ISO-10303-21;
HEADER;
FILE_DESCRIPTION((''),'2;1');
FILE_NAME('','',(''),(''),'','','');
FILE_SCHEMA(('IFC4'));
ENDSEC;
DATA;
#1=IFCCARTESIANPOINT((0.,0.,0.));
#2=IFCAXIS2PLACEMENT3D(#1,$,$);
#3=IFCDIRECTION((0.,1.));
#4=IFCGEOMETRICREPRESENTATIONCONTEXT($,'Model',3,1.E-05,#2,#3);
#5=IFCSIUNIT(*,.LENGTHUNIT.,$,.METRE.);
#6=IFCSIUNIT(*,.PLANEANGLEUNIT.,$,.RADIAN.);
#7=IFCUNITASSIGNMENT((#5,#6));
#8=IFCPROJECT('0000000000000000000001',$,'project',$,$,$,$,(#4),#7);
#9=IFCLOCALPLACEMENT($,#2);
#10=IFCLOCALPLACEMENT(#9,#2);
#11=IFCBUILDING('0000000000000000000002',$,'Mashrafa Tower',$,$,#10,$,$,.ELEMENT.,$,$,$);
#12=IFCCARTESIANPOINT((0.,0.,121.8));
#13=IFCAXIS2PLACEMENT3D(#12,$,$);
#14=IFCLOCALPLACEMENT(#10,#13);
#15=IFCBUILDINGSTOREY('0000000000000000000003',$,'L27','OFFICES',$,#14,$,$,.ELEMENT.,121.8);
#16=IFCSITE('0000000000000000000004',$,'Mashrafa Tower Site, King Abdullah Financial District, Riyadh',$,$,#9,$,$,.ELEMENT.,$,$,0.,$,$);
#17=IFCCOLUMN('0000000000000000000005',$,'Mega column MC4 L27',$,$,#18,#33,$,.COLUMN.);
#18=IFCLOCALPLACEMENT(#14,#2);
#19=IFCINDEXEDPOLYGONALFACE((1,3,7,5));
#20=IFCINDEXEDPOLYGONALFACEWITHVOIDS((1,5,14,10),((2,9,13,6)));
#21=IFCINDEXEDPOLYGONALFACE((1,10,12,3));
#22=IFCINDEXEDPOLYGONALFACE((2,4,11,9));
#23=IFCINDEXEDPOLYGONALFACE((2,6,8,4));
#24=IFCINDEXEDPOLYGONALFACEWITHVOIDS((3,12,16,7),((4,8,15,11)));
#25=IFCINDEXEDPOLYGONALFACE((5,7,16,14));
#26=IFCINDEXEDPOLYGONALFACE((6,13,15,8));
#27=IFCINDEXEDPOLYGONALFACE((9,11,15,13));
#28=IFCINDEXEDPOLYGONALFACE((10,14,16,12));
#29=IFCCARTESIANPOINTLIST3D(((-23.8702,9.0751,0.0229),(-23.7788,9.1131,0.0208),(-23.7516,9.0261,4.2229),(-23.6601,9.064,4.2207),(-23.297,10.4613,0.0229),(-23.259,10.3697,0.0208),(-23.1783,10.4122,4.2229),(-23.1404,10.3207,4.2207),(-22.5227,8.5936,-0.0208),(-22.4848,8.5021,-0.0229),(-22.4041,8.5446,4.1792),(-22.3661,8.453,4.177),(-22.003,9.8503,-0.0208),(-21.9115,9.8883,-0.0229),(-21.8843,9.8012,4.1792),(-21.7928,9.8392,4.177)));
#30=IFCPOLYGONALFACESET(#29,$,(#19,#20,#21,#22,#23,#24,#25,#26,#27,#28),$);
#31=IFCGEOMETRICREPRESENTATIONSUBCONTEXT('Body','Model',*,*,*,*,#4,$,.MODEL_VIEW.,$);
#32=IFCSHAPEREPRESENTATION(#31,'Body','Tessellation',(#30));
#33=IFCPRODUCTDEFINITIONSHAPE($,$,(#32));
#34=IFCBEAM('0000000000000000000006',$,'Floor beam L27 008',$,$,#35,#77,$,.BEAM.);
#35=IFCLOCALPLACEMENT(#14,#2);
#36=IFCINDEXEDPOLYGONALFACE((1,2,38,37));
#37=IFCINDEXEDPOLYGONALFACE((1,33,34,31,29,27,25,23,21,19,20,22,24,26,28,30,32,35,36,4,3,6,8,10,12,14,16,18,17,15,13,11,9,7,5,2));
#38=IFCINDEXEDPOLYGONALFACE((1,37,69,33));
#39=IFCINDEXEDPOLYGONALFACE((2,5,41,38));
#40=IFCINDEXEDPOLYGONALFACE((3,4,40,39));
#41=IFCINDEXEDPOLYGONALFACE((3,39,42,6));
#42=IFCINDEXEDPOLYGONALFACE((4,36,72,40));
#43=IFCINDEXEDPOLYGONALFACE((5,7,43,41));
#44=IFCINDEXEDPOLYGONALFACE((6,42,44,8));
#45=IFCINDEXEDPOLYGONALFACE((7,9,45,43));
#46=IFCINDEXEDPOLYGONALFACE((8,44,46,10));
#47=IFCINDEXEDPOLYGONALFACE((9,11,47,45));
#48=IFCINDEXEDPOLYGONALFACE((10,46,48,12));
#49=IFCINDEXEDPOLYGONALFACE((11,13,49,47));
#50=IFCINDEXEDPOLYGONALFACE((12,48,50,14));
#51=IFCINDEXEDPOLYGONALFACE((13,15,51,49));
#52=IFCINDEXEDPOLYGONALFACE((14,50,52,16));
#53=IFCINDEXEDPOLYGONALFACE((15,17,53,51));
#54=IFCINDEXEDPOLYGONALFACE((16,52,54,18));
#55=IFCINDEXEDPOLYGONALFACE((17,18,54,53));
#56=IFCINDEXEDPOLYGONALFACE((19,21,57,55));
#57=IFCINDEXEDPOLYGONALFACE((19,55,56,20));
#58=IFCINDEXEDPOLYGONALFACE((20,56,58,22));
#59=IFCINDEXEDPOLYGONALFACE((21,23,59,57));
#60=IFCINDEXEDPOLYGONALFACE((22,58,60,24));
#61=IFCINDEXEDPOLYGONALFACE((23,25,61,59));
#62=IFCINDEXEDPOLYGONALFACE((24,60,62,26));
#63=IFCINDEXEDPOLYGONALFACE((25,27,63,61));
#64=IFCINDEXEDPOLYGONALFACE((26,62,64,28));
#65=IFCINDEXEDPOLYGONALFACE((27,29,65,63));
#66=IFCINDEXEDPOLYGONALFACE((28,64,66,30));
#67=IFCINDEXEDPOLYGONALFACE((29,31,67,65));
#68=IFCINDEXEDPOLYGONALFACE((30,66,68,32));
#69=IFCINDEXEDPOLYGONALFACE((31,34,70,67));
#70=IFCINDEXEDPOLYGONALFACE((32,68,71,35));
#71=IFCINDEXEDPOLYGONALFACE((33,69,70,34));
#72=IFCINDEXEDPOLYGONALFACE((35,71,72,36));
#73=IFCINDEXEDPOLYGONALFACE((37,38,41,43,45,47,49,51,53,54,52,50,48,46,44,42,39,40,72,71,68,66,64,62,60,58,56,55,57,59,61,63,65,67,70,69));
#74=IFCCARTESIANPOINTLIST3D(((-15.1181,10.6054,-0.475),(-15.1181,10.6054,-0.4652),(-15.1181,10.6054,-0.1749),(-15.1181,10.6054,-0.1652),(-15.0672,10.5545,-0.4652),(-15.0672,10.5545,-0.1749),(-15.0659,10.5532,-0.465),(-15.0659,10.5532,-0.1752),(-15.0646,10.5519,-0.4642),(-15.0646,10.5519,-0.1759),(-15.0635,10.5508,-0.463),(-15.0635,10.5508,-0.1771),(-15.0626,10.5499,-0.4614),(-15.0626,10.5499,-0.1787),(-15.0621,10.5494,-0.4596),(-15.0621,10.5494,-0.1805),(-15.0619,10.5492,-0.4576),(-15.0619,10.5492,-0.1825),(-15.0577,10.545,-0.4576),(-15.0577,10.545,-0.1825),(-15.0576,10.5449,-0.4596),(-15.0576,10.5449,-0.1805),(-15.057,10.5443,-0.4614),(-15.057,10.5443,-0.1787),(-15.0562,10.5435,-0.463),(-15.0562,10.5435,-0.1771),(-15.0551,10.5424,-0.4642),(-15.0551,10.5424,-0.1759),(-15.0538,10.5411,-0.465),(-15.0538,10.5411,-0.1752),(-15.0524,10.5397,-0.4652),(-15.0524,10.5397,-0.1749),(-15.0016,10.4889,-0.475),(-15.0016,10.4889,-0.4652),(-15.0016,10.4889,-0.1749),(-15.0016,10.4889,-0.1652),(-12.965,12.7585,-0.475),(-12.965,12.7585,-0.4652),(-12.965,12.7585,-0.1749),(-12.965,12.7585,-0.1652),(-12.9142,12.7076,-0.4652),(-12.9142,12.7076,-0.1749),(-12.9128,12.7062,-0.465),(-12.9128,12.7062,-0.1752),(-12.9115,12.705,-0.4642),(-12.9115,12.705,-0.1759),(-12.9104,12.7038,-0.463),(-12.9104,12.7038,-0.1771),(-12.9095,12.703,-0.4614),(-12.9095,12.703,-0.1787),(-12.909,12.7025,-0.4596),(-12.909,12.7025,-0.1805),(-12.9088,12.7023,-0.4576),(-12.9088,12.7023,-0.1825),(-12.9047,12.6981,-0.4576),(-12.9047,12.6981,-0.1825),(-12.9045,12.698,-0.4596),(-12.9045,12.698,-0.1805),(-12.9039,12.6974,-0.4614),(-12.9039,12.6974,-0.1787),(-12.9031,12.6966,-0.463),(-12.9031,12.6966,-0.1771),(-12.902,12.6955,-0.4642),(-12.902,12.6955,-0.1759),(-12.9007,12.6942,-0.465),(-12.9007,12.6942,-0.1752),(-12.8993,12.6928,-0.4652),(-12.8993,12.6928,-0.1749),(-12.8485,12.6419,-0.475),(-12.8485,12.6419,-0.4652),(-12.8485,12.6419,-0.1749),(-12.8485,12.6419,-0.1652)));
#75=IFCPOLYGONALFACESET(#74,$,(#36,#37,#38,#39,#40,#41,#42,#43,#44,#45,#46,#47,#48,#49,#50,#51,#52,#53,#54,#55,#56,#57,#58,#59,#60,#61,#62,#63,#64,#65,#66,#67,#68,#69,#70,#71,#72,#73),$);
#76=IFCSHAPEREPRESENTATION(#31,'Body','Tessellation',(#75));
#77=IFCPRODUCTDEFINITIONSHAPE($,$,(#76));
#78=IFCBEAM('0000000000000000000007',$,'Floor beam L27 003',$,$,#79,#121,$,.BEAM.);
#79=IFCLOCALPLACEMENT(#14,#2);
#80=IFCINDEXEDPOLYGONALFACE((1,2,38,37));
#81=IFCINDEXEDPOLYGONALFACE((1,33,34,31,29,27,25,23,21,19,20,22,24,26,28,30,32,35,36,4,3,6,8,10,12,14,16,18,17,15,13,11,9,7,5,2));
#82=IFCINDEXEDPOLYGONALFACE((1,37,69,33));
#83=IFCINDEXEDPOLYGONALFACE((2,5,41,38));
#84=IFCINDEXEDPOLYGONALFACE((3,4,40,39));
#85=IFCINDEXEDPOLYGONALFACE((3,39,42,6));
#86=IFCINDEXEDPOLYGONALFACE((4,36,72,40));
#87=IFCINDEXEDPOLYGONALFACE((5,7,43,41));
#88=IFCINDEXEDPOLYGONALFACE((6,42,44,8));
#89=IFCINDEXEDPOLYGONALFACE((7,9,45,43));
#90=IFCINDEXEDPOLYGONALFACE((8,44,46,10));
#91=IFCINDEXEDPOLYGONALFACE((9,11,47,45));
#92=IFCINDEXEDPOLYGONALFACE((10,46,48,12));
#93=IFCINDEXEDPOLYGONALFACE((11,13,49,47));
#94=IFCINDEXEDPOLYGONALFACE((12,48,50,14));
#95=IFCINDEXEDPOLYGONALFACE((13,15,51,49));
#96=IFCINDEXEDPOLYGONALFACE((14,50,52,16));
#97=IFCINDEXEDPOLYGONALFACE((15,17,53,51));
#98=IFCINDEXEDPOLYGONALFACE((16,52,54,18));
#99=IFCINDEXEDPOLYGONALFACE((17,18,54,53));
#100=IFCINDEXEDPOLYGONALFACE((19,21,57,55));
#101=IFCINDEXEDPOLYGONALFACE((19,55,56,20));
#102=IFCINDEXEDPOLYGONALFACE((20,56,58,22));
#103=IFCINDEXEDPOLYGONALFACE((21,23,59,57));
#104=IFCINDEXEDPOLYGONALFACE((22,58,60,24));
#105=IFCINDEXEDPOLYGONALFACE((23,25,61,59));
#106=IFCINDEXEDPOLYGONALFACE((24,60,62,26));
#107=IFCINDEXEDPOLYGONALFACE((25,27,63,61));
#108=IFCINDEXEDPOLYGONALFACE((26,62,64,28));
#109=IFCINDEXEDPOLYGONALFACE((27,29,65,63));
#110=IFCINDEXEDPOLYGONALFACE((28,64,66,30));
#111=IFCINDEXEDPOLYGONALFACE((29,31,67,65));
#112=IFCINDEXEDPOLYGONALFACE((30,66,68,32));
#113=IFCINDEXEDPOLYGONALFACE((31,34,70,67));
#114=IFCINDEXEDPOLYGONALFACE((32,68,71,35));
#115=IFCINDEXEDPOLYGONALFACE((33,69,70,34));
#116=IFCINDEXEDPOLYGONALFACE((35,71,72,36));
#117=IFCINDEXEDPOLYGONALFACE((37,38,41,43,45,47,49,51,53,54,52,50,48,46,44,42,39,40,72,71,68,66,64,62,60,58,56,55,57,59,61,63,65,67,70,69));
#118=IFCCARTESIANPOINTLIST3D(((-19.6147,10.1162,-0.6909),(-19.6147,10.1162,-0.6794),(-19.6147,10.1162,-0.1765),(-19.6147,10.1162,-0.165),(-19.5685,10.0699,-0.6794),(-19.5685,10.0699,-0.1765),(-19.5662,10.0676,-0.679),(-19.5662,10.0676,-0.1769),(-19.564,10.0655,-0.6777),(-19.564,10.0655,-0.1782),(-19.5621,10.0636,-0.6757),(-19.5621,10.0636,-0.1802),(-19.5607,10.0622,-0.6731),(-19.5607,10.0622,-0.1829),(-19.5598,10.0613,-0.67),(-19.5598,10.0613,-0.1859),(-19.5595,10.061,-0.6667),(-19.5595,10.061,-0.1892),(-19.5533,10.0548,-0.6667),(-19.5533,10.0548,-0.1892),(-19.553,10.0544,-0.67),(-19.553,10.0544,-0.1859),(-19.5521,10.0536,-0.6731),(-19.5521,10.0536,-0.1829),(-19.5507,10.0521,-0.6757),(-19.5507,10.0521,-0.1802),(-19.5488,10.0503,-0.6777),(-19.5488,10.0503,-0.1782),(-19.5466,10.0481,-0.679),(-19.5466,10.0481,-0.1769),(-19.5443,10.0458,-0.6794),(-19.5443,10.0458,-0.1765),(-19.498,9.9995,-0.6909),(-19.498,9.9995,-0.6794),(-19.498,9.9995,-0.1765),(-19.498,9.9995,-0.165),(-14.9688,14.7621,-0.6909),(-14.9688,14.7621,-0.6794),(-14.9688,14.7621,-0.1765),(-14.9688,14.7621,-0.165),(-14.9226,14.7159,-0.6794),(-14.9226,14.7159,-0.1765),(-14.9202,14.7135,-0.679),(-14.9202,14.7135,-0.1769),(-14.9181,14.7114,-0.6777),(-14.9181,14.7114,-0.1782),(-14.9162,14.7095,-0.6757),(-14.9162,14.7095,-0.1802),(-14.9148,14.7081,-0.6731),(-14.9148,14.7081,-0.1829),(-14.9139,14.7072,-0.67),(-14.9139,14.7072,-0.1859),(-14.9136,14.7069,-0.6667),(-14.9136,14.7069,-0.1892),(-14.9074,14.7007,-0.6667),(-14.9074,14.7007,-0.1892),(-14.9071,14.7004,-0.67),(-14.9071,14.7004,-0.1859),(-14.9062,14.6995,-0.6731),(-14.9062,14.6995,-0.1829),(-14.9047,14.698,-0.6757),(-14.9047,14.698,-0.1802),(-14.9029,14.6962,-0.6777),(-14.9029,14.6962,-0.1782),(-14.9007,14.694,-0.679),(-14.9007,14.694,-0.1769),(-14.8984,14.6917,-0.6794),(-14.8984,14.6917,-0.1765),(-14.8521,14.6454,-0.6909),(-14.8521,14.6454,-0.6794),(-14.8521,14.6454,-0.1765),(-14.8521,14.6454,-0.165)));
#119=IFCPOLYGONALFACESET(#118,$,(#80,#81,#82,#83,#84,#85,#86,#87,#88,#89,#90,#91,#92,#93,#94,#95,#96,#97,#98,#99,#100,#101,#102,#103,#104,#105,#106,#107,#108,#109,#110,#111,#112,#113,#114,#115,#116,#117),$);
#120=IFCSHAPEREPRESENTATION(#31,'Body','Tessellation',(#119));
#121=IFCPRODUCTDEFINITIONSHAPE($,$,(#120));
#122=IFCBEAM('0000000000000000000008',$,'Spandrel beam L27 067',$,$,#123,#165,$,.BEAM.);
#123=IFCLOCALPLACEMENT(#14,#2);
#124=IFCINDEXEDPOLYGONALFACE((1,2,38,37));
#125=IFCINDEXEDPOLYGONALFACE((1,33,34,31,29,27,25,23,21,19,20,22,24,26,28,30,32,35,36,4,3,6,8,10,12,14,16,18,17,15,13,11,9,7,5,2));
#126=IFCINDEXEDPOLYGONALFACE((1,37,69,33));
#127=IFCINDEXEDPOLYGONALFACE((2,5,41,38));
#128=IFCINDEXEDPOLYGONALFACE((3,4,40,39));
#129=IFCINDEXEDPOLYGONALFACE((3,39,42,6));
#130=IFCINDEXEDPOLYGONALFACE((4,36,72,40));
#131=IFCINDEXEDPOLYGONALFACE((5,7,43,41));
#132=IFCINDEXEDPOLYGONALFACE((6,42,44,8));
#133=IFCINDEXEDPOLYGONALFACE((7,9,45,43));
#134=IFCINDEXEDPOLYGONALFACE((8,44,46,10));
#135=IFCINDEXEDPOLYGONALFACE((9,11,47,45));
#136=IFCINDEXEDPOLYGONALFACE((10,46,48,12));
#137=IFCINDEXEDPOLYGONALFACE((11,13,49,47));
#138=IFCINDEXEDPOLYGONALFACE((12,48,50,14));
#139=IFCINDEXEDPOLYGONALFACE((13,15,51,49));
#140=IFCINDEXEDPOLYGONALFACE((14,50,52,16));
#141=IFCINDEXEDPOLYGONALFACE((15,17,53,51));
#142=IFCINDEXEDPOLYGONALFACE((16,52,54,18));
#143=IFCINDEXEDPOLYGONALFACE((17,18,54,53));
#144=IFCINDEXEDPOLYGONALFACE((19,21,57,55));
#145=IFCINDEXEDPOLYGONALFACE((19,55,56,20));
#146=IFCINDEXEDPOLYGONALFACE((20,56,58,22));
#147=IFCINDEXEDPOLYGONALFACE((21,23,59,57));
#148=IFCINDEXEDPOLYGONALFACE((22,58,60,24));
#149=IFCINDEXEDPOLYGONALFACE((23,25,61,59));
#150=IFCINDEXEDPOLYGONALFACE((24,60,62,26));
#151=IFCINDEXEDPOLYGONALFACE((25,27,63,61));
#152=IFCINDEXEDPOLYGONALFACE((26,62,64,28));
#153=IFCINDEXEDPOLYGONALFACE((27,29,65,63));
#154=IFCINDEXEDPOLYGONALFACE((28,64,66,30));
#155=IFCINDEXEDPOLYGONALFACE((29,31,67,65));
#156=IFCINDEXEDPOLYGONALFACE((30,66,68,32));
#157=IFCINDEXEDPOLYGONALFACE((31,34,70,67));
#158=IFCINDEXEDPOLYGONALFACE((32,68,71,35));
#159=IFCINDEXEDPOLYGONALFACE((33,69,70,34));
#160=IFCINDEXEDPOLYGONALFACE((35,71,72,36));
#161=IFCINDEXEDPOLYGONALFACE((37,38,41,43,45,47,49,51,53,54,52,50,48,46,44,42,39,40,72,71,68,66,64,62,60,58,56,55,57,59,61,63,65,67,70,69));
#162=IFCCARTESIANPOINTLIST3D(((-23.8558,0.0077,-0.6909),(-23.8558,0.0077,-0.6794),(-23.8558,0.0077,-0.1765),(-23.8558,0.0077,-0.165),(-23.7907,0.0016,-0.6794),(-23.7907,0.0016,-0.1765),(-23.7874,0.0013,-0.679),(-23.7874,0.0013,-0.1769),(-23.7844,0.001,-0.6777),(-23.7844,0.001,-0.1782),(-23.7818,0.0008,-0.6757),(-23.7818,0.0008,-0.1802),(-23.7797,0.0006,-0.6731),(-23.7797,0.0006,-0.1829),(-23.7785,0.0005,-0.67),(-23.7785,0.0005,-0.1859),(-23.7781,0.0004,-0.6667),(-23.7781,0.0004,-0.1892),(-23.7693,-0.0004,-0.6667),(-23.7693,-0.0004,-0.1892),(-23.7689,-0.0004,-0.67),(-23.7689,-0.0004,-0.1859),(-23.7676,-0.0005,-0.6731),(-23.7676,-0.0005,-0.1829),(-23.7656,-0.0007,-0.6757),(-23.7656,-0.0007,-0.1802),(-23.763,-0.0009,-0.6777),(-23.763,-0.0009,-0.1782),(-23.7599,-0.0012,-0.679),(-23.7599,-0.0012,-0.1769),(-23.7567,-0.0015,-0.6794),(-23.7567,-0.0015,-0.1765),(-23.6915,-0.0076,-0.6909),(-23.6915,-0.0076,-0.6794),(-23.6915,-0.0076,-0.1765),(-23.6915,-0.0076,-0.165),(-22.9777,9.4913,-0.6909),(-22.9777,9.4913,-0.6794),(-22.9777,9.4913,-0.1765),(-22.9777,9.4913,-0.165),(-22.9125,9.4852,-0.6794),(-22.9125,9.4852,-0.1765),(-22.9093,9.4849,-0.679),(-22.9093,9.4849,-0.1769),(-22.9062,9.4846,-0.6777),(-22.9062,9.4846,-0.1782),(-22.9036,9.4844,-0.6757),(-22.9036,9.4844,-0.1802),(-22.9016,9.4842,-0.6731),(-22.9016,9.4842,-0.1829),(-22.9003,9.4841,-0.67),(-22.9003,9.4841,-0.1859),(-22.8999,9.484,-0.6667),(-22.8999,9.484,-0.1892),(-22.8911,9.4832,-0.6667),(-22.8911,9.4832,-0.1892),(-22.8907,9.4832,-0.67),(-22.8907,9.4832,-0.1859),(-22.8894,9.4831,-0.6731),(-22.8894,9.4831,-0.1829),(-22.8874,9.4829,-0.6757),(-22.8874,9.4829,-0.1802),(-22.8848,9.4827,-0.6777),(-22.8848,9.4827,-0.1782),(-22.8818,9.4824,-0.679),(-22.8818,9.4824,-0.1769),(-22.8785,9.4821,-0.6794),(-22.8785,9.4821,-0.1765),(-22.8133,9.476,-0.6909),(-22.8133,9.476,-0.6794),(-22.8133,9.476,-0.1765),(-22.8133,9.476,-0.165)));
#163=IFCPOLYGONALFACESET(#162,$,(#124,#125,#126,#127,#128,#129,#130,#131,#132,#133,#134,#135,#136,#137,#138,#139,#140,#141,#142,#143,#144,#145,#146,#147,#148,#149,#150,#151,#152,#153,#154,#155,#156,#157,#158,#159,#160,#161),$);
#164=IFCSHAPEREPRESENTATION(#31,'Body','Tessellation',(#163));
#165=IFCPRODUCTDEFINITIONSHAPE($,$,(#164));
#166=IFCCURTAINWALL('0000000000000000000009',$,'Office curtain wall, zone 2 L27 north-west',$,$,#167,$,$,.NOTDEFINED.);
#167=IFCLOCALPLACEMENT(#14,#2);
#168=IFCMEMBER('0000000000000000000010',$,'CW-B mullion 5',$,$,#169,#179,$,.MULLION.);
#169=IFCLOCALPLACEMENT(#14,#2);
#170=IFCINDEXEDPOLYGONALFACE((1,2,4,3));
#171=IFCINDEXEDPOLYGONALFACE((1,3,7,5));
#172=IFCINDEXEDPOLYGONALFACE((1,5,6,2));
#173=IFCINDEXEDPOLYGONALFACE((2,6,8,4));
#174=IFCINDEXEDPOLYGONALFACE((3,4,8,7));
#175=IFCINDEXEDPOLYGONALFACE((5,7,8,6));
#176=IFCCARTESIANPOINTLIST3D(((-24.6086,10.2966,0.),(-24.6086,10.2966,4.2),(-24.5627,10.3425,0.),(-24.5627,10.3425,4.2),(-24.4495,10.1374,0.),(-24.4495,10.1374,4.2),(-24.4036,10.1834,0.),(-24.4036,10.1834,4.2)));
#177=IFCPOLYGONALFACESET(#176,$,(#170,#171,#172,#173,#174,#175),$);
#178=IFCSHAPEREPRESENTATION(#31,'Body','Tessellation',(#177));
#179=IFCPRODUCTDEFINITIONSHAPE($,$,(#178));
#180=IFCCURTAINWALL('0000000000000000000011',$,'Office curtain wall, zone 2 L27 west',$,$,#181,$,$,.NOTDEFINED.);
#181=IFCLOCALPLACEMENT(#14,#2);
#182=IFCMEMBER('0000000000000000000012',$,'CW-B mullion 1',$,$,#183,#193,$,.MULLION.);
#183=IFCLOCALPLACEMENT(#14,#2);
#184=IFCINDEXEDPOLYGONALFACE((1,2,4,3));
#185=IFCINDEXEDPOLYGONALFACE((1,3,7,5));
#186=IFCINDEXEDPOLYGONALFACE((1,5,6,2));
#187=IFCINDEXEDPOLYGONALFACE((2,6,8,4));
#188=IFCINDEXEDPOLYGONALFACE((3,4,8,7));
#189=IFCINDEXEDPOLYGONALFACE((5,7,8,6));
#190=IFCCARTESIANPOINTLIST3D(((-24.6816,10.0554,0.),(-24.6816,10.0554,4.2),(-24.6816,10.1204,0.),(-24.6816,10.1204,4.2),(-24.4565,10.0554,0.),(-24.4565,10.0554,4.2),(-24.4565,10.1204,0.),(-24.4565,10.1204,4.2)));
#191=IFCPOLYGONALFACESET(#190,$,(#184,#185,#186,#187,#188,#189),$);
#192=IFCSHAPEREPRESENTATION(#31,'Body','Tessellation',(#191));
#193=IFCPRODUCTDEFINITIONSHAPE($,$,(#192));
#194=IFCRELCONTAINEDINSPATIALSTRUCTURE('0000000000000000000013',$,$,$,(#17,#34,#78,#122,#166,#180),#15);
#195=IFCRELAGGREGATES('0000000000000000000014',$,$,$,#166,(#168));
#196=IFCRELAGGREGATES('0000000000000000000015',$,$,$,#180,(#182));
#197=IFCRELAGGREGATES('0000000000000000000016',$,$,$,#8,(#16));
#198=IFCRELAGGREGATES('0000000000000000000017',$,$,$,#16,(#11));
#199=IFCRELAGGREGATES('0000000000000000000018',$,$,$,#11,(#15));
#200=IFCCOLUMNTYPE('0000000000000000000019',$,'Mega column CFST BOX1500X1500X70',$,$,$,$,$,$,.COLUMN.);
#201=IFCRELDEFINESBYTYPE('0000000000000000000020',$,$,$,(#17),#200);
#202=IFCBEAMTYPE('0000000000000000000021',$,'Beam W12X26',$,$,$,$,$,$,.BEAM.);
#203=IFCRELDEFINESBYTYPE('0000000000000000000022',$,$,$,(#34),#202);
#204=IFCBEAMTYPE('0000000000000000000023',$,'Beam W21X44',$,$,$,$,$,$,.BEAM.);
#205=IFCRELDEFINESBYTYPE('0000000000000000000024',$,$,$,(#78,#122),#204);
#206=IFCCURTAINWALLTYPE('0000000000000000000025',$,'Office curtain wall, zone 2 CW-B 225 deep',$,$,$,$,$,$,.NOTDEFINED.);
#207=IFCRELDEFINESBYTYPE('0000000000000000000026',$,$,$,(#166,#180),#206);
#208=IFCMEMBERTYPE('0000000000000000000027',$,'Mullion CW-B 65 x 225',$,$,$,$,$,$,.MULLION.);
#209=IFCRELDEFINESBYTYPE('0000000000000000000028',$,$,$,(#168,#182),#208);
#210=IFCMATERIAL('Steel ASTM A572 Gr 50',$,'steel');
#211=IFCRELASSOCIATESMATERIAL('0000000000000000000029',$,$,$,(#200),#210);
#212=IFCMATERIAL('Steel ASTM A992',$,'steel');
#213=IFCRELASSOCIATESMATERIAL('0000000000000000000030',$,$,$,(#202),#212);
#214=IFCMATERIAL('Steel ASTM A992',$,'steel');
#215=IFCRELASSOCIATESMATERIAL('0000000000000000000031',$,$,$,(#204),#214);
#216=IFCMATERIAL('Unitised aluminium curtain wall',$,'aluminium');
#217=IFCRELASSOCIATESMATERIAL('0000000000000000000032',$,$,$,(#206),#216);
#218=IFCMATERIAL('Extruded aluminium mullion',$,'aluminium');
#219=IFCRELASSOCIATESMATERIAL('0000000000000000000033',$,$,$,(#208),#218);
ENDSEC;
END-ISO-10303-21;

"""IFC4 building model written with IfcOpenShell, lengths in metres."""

from ifc_helpers import new_model, si_unit, direction, frame, origin, origin_2d, place, context, subcontext, project, spatial, rectangle, hollow_rectangle, i_section, extrude, source, transform, mapped, material, material_profile, profile_set, type_object, type_shapes, element, aggregate, save


model = new_model("IFC4")

# Units and contexts
model_context = context("Model", 3, precision=1e-05, world=origin(), true_north=direction((0.0, 1.0)))
body_context = subcontext(model_context, "Body", "Model", "MODEL_VIEW")
ifc_project = project(units=[si_unit("LENGTHUNIT", "METRE"), si_unit("PLANEANGLEUNIT", "RADIAN")], contexts=[model_context])

# Site, building, storey
site_placement = place(None, origin())
site = spatial("IfcSite", under=ifc_project, at=site_placement, Name="Mashrafa Tower Site, King Abdullah Financial District, Riyadh", CompositionType="ELEMENT", RefElevation=0.0)
building_placement = place(site_placement, origin())
building = spatial("IfcBuilding", under=site, at=building_placement, Name="Mashrafa Tower", CompositionType="ELEMENT")
storey_placement = place(building_placement, frame((0.0, 0.0, 121.8)))
storey = spatial("IfcBuildingStorey", under=building, at=storey_placement, Name="L27", Description="OFFICES", CompositionType="ELEMENT", Elevation=121.8)

# Column
ifc_material_1 = material(Name="Steel ASTM A572 Gr 50", Category="steel")
ifc_material_profile_1 = material_profile(ifc_material_1, hollow_rectangle(XDim=1.5, YDim=1.5, WallThickness=0.0701, at=origin_2d()), Name="BOX1500X1500X70")
ifc_profile_set_1 = profile_set([ifc_material_profile_1], Name="Steel ASTM A572 Gr 50")
column_type = type_object("IfcColumnType", Name="Mega column CFST BOX1500X1500X70", PredefinedType="COLUMN", material=ifc_profile_set_1)
column_placement = place(storey_placement, frame((-22.8909, 9.4817, 0.0), z_axis=(0.028238, -0.011679, 0.999533), x_axis=(0.382184, 0.924086, 0.0)))
element("IfcColumn", 1, at=column_placement, inside=storey, type_object=column_type, Name="Mega column MC4 L27", PredefinedType="COLUMN", context=body_context, shape_type="SweptSolid", body=[
    extrude(hollow_rectangle(XDim=1.5, YDim=1.5, WallThickness=0.0701, at=origin_2d()), origin(), (0.0, 0.0, 1.0), 4.2019),
])

# Beams
ifc_material_2 = material(Name="Steel ASTM A992", Category="steel")
ifc_material_profile_2 = material_profile(ifc_material_2, i_section(OverallWidth=0.1648, OverallDepth=0.3098, WebThickness=0.0059, FlangeThickness=0.0098, FilletRadius=0.0076, at=origin_2d()), Name="W12X26")
ifc_profile_set_2 = profile_set([ifc_material_profile_2], Name="Steel ASTM A992")
beam_type_1 = type_object("IfcBeamType", Name="Beam W12X26", PredefinedType="BEAM", material=ifc_profile_set_2)
beam_1_placement = place(storey_placement, frame((-15.0598, 10.5471, -0.3201), z_axis=(0.707107, 0.707107, 0.0), x_axis=(-0.707107, 0.707107, 0.0)))
element("IfcBeam", 2, at=beam_1_placement, inside=storey, type_object=beam_type_1, Name="Floor beam L27 008", PredefinedType="BEAM", context=body_context, shape_type="SweptSolid", body=[
    extrude(i_section(OverallWidth=0.1648, OverallDepth=0.3098, WebThickness=0.0059, FlangeThickness=0.0098, FilletRadius=0.0076, at=origin_2d()), origin(), (0.0, 0.0, 1.0), 3.0449),
])
ifc_material_3 = material(Name="Steel ASTM A992", Category="steel")
ifc_material_profile_3 = material_profile(ifc_material_3, i_section(OverallWidth=0.165, OverallDepth=0.5259, WebThickness=0.0088, FlangeThickness=0.0115, FilletRadius=0.0127, at=origin_2d()), Name="W21X44")
ifc_profile_set_3 = profile_set([ifc_material_profile_3], Name="Steel ASTM A992")
beam_type_2 = type_object("IfcBeamType", Name="Beam W21X44", PredefinedType="BEAM", material=ifc_profile_set_3)
beam_2_placement = place(storey_placement, frame((-19.5564, 10.0579, -0.428), z_axis=(0.707107, 0.707107, 0.0), x_axis=(-0.707107, 0.707107, 0.0)))
element("IfcBeam", 3, at=beam_2_placement, inside=storey, type_object=beam_type_2, Name="Floor beam L27 003", PredefinedType="BEAM", context=body_context, shape_type="SweptSolid", body=[
    extrude(i_section(OverallWidth=0.165, OverallDepth=0.5259, WebThickness=0.0088, FlangeThickness=0.0115, FilletRadius=0.0127, at=origin_2d()), origin(), (0.0, 0.0, 1.0), 6.5703),
])
beam_3_placement = place(storey_placement, frame((-22.8955, 9.4836, -0.428), z_axis=(-0.092204, -0.99574, 0.0), x_axis=(0.99574, -0.092204, 0.0)))
element("IfcBeam", 4, at=beam_3_placement, inside=storey, type_object=beam_type_2, Name="Spandrel beam L27 067", PredefinedType="BEAM", context=body_context, shape_type="SweptSolid", body=[
    extrude(i_section(OverallWidth=0.165, OverallDepth=0.5259, WebThickness=0.0088, FlangeThickness=0.0115, FilletRadius=0.0127, at=origin_2d()), origin(), (0.0, 0.0, 1.0), 9.5242),
])

# Curtain wall, member
ifc_material_4 = material(Name="Unitised aluminium curtain wall", Category="aluminium")
curtain_wall_type = type_object("IfcCurtainWallType", Name="Office curtain wall, zone 2 CW-B 225 deep", PredefinedType="NOTDEFINED", material=ifc_material_4)
curtain_wall_1_placement = place(storey_placement, origin())
curtain_wall_1 = element("IfcCurtainWall", 5, at=curtain_wall_1_placement, inside=storey, type_object=curtain_wall_type, Name="Office curtain wall, zone 2 L27 north-west", PredefinedType="NOTDEFINED")
ifc_material_5 = material(Name="Extruded aluminium mullion", Category="aluminium")
ifc_material_profile_4 = material_profile(ifc_material_5, rectangle(XDim=0.2251, YDim=0.0649, at=origin_2d()), Name="Mullion 65x225")
ifc_profile_set_4 = profile_set([ifc_material_profile_4], Name="Extruded aluminium mullion")
member_type_1 = type_object("IfcMemberType", Name="Mullion CW-B 65 x 225", PredefinedType="MULLION", material=ifc_profile_set_4)
shared_shape_1 = source(origin(), body_context, "Body", "SweptSolid", [
    extrude(rectangle(XDim=0.2251, YDim=0.0649, at=origin_2d()), origin(), (0.0, 0.0, 1.0), 4.2),
])
type_shapes(member_type_1, [shared_shape_1])
member_1_placement = place(storey_placement, frame((-24.5061, 10.24, 0.0), z_axis=(0.0, 0.0, 1.0), x_axis=(0.707107, -0.707107, 0.0)))
member_1 = element("IfcMember", 6, at=member_1_placement, type_object=member_type_1, Name="CW-B mullion 5", PredefinedType="MULLION", context=body_context, shape_type="MappedRepresentation", body=[
    mapped(shared_shape_1, transform((0.0, 0.0, 0.0))),
])
aggregate(curtain_wall_1, [member_1])

# Curtain wall, member
curtain_wall_2_placement = place(storey_placement, origin())
curtain_wall_2 = element("IfcCurtainWall", 7, at=curtain_wall_2_placement, inside=storey, type_object=curtain_wall_type, Name="Office curtain wall, zone 2 L27 west", PredefinedType="NOTDEFINED")
member_2_placement = place(storey_placement, frame((-24.5691, 10.0879, 0.0), z_axis=(0.0, 0.0, 1.0), x_axis=(1.0, 0.0, 0.0)))
member_2 = element("IfcMember", 8, at=member_2_placement, type_object=member_type_1, Name="CW-B mullion 1", PredefinedType="MULLION", context=body_context, shape_type="MappedRepresentation", body=[
    mapped(shared_shape_1, transform((0.0, 0.0, 0.0))),
])
aggregate(curtain_wall_2, [member_2])

save(model, "model.ifc")
